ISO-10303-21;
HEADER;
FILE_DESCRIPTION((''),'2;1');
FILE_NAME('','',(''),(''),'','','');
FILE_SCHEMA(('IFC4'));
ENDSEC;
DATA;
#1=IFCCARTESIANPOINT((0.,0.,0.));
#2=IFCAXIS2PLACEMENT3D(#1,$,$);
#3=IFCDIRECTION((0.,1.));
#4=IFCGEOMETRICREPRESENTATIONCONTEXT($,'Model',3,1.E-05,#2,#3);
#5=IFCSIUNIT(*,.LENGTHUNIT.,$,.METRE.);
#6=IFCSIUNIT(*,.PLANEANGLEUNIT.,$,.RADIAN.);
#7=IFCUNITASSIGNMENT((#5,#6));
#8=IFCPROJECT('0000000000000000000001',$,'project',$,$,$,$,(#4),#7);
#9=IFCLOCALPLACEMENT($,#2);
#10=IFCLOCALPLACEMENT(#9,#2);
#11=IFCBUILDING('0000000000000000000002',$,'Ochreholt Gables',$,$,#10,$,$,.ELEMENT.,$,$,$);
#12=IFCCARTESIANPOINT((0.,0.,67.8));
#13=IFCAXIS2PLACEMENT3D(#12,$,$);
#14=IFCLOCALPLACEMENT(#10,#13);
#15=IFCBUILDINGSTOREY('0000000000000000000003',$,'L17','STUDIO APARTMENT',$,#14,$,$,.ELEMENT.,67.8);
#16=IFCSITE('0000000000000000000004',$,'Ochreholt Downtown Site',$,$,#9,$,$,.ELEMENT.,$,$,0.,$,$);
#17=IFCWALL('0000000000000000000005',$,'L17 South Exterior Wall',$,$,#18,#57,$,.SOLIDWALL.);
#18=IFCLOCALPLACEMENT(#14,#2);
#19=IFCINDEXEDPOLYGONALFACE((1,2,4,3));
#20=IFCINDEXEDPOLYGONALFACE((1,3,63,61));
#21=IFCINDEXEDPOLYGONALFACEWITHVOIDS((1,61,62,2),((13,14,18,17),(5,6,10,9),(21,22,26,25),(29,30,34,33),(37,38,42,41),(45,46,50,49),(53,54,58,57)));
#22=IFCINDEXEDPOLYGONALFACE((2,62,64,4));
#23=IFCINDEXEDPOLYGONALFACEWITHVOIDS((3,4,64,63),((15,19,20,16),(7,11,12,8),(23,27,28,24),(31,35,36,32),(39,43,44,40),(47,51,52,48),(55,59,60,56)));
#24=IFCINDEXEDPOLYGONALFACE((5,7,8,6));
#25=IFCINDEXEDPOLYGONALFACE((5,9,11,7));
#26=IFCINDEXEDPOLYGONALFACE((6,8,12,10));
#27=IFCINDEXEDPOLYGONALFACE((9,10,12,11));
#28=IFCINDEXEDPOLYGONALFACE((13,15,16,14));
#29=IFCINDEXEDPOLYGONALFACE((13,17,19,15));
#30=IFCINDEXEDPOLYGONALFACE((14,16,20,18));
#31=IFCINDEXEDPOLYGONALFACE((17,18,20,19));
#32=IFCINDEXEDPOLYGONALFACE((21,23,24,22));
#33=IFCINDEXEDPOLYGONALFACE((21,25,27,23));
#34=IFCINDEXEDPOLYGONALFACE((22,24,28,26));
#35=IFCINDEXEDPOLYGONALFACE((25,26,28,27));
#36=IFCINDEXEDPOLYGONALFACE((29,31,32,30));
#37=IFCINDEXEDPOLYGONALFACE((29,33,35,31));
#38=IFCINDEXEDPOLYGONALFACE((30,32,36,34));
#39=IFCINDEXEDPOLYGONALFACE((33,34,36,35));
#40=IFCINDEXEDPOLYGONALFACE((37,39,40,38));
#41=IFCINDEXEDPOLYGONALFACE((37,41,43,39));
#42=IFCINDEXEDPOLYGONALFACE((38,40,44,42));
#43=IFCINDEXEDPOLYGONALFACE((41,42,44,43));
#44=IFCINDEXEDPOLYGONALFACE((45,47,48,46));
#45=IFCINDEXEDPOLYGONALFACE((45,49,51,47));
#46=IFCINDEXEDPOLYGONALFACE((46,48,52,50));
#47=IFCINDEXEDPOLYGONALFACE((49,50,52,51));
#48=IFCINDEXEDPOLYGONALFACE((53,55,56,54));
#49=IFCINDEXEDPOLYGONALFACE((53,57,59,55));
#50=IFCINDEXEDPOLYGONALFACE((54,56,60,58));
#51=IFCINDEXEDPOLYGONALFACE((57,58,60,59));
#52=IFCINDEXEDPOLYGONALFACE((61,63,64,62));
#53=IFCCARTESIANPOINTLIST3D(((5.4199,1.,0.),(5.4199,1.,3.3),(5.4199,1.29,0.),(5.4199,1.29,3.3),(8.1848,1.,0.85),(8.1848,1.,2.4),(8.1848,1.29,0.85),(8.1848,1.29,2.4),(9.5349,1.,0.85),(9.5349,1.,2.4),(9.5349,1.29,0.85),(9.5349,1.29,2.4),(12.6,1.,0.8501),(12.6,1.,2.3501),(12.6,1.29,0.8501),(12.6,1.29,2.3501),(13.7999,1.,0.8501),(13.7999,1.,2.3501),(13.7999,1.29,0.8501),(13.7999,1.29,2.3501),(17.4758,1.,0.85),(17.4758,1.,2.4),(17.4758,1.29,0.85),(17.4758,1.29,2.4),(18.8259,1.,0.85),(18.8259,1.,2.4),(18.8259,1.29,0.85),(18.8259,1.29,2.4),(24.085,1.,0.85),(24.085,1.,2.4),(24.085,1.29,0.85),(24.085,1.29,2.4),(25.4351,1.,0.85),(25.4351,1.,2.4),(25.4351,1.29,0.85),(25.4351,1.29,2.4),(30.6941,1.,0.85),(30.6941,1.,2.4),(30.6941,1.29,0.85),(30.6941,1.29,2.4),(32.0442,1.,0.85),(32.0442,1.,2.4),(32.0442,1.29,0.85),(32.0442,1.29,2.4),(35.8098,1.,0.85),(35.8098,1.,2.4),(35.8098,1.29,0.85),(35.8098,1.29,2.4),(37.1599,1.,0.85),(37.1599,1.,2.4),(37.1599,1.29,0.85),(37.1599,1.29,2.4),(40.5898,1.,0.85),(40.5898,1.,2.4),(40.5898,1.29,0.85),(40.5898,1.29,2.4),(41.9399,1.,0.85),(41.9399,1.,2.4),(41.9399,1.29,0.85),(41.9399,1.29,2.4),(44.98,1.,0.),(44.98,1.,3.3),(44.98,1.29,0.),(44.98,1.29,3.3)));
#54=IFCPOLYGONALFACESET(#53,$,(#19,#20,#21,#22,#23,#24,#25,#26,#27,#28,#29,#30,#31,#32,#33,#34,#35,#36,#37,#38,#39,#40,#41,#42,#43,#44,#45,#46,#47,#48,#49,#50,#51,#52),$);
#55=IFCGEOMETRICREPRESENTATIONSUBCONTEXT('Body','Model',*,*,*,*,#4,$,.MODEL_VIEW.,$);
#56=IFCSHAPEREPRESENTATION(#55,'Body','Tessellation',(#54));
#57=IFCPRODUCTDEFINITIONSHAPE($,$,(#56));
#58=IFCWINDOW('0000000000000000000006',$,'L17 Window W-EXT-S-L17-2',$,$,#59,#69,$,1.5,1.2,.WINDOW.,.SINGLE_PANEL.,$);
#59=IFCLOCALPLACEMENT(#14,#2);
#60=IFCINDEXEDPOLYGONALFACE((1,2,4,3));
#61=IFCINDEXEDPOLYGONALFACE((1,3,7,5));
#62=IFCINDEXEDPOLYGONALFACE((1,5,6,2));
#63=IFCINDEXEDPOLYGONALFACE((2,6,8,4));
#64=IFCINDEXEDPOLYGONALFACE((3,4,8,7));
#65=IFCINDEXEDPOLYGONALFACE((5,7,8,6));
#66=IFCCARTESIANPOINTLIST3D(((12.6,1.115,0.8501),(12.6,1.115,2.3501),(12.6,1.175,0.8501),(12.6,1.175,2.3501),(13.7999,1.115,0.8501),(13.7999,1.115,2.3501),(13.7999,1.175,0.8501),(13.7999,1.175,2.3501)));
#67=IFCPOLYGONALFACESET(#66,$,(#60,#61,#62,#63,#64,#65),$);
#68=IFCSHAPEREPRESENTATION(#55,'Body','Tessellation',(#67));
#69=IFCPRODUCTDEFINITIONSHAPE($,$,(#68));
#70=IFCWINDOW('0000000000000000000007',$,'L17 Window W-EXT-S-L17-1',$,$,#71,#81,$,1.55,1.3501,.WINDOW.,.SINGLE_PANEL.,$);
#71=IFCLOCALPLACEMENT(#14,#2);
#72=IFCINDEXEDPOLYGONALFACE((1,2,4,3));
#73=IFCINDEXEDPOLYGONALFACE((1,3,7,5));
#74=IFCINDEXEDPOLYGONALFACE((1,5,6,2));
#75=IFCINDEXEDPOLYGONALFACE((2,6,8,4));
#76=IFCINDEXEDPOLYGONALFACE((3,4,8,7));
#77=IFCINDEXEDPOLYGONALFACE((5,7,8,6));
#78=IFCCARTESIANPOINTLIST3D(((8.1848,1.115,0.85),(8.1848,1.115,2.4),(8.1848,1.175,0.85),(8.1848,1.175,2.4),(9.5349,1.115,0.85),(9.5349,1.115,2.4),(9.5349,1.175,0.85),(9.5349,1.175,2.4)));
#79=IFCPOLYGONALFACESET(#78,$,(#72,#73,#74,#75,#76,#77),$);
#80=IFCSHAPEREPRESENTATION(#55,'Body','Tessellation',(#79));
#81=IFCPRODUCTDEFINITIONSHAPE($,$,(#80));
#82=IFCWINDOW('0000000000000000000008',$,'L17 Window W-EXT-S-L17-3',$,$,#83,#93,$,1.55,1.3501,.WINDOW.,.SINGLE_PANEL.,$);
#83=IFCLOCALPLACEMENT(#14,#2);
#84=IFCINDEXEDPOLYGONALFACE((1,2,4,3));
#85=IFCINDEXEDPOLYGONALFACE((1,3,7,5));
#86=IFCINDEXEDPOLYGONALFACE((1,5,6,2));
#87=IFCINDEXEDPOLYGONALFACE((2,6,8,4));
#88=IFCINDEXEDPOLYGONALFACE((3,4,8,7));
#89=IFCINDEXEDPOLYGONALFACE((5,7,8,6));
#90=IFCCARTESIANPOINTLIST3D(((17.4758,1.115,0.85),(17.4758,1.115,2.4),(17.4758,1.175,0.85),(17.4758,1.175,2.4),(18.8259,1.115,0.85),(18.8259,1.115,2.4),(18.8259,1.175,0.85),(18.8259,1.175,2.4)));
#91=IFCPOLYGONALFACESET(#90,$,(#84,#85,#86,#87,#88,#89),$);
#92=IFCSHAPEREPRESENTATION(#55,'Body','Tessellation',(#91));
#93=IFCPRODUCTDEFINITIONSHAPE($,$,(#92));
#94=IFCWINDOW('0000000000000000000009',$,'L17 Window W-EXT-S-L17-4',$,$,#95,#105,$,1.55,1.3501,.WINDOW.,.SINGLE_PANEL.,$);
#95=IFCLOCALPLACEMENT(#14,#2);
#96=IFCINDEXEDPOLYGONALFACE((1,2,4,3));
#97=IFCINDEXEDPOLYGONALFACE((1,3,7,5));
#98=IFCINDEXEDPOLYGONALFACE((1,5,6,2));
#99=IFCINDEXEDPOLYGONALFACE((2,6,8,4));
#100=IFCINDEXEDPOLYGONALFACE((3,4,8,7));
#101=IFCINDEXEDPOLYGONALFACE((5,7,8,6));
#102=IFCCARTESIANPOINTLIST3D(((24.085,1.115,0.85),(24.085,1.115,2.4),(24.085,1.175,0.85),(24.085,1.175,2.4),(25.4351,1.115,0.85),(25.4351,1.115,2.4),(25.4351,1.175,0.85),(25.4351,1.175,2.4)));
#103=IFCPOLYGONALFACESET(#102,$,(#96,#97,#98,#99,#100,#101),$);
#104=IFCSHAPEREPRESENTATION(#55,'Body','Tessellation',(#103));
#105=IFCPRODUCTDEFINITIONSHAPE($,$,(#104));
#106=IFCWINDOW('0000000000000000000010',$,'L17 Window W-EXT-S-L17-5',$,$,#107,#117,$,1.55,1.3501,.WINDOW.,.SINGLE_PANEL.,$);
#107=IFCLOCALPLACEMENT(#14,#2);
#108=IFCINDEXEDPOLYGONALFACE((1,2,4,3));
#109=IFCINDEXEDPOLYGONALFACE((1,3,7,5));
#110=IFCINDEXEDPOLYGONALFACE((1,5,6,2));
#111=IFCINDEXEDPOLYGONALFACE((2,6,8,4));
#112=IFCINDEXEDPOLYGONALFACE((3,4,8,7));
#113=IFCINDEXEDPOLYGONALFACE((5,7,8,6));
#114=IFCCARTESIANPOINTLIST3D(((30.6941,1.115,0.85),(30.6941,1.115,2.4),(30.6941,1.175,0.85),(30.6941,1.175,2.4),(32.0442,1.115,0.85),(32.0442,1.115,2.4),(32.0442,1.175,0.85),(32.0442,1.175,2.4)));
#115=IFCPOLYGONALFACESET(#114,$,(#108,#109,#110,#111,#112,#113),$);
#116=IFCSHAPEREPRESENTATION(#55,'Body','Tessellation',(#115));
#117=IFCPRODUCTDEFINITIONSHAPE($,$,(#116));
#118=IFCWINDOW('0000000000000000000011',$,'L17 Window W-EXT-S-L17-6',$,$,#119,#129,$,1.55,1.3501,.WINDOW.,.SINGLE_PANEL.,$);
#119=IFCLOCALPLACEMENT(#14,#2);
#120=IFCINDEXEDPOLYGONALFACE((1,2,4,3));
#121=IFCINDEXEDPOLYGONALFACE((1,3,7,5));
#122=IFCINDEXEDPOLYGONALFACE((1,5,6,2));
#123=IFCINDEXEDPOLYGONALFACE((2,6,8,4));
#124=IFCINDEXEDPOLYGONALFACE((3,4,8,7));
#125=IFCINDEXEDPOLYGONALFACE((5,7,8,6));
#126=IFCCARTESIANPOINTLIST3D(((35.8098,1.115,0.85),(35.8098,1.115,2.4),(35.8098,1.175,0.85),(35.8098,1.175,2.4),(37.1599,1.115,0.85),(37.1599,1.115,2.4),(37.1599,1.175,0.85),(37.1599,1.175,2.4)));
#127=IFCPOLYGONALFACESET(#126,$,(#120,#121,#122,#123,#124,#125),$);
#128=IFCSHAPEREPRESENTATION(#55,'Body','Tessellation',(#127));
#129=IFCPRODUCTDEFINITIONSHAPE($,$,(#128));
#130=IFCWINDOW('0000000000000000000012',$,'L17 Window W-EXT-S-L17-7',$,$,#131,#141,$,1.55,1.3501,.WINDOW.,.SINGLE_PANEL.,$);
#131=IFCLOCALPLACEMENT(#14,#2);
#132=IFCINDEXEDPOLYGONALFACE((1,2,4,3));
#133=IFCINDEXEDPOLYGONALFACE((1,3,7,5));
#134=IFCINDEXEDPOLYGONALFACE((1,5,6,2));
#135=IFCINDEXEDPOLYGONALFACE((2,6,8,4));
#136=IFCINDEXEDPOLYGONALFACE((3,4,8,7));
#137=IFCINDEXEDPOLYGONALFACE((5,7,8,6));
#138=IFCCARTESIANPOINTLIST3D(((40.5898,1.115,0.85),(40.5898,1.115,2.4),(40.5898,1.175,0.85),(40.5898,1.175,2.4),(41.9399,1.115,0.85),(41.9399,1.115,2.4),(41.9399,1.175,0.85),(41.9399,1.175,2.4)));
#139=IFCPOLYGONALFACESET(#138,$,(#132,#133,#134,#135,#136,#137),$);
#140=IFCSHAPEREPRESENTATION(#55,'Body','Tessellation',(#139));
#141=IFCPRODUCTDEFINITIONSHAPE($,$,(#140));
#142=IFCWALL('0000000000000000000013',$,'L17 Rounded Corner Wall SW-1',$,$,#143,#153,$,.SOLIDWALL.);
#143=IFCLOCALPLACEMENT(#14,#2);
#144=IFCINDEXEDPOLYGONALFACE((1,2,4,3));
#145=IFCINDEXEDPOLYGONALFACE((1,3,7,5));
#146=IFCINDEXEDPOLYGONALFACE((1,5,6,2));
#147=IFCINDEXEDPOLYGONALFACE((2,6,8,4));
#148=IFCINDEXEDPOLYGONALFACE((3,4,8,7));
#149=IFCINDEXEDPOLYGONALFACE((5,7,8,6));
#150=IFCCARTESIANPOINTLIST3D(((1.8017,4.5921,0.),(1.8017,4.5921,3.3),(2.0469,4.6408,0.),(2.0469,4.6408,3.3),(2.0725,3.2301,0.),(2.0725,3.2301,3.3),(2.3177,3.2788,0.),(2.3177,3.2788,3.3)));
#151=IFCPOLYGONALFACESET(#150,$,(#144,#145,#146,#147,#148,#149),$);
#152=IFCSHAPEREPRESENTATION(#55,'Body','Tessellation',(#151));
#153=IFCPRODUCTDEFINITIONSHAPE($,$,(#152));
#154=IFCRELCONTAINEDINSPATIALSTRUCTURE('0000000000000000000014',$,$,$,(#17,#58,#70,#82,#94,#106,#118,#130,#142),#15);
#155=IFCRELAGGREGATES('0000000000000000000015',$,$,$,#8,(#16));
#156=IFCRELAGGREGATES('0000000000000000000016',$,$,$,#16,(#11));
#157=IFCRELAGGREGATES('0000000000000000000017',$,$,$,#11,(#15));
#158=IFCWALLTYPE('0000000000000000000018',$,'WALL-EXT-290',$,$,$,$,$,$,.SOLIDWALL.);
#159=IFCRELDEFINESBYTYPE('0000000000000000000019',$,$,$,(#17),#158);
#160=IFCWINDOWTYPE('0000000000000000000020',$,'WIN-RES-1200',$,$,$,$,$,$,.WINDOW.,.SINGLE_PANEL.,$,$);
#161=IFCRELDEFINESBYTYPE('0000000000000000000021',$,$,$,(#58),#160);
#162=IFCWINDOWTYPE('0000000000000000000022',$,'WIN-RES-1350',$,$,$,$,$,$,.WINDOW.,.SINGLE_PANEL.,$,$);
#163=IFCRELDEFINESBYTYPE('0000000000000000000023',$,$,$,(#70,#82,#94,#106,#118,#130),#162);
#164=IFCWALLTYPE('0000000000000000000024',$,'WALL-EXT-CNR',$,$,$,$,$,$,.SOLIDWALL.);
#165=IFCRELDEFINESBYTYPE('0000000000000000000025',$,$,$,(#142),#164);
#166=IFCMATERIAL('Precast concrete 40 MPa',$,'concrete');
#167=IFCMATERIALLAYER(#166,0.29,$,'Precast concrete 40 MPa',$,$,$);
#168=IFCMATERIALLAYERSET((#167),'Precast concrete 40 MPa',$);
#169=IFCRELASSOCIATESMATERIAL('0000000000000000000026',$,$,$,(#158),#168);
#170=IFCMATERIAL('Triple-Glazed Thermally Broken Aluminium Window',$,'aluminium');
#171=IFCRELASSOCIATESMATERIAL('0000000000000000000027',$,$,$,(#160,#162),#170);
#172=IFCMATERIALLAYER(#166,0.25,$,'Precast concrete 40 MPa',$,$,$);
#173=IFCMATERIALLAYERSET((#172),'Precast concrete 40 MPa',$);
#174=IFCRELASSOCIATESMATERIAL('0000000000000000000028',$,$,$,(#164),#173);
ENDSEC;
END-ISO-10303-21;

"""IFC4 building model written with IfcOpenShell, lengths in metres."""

from ifc_helpers import new_model, si_unit, direction, frame, frame_2d, origin, place, context, subcontext, project, spatial, rectangle, extrude, material, layer, layer_set, type_object, element, fill, save


model = new_model("IFC4")

# Units and contexts
model_context = context("Model", 3, precision=1e-05, world=origin(), true_north=direction((0.0, 1.0)))
body_context = subcontext(model_context, "Body", "Model", "MODEL_VIEW")
ifc_project = project(units=[si_unit("LENGTHUNIT", "METRE"), si_unit("PLANEANGLEUNIT", "RADIAN")], contexts=[model_context])

# Site, building, storey
site_placement = place(None, origin())
site = spatial("IfcSite", under=ifc_project, at=site_placement, Name="Ochreholt Downtown Site", CompositionType="ELEMENT", RefElevation=0.0)
building_placement = place(site_placement, origin())
building = spatial("IfcBuilding", under=site, at=building_placement, Name="Ochreholt Gables", CompositionType="ELEMENT")
storey_placement = place(building_placement, frame((0.0, 0.0, 67.8)))
storey = spatial("IfcBuildingStorey", under=building, at=storey_placement, Name="L17", Description="STUDIO APARTMENT", CompositionType="ELEMENT", Elevation=67.8)

# Wall, openings, windows
ifc_material_1 = material(Name="Precast concrete 40 MPa", Category="concrete")
ifc_layer_1 = layer(ifc_material_1, 0.29, Name="Precast concrete 40 MPa")
ifc_layer_set_1 = layer_set([ifc_layer_1], Name="Precast concrete 40 MPa")
wall_type_1 = type_object("IfcWallType", Name="WALL-EXT-290", PredefinedType="SOLIDWALL", material=ifc_layer_set_1)
wall_1_placement = place(storey_placement, frame((5.4199, 1.145, 0.0), z_axis=(0.0, 0.0, 1.0), x_axis=(1.0, 0.0, 0.0)))
wall_1 = element("IfcWall", 1, at=wall_1_placement, inside=storey, type_object=wall_type_1, Name="L17 South Exterior Wall", PredefinedType="SOLIDWALL", context=body_context, shape_type="SweptSolid", body=[
    extrude(rectangle(XDim=39.5601, YDim=0.29, at=frame_2d((19.78, 0.0))), origin(), (0.0, 0.0, 1.0), 3.3),
])
opening_1_placement = place(wall_1_placement, frame((2.7649, 0.0, 0.8501)))
opening_1 = element("IfcOpeningElement", 2, at=opening_1_placement, cuts=wall_1, PredefinedType="OPENING", context=body_context, shape_type="SweptSolid", body=[
    extrude(rectangle(XDim=1.3501, YDim=1.55, at=frame_2d((0.675, 0.7749))), frame((0.0, 0.155, 0.0), z_axis=(0.0, -1.0, 0.0), x_axis=(1.0, 0.0, 0.0)), (0.0, 0.0, 1.0), 0.3101),
])
opening_2_placement = place(wall_1_placement, frame((7.1799, 0.0, 0.8501)))
opening_2 = element("IfcOpeningElement", 3, at=opening_2_placement, cuts=wall_1, PredefinedType="OPENING", context=body_context, shape_type="SweptSolid", body=[
    extrude(rectangle(XDim=1.2, YDim=1.5, at=frame_2d((0.6001, 0.75))), frame((0.0, 0.155, 0.0), z_axis=(0.0, -1.0, 0.0), x_axis=(1.0, 0.0, 0.0)), (0.0, 0.0, 1.0), 0.3101),
])
opening_3_placement = place(wall_1_placement, frame((12.0559, 0.0, 0.8501)))
opening_3 = element("IfcOpeningElement", 4, at=opening_3_placement, cuts=wall_1, PredefinedType="OPENING", context=body_context, shape_type="SweptSolid", body=[
    extrude(rectangle(XDim=1.3501, YDim=1.55, at=frame_2d((0.675, 0.7749))), frame((0.0, 0.155, 0.0), z_axis=(0.0, -1.0, 0.0), x_axis=(1.0, 0.0, 0.0)), (0.0, 0.0, 1.0), 0.3101),
])
opening_4_placement = place(wall_1_placement, frame((18.665, 0.0, 0.8501)))
opening_4 = element("IfcOpeningElement", 5, at=opening_4_placement, cuts=wall_1, PredefinedType="OPENING", context=body_context, shape_type="SweptSolid", body=[
    extrude(rectangle(XDim=1.3501, YDim=1.55, at=frame_2d((0.675, 0.7749))), frame((0.0, 0.155, 0.0), z_axis=(0.0, -1.0, 0.0), x_axis=(1.0, 0.0, 0.0)), (0.0, 0.0, 1.0), 0.3101),
])
opening_5_placement = place(wall_1_placement, frame((25.2742, 0.0, 0.8501)))
opening_5 = element("IfcOpeningElement", 6, at=opening_5_placement, cuts=wall_1, PredefinedType="OPENING", context=body_context, shape_type="SweptSolid", body=[
    extrude(rectangle(XDim=1.3501, YDim=1.55, at=frame_2d((0.675, 0.7749))), frame((0.0, 0.155, 0.0), z_axis=(0.0, -1.0, 0.0), x_axis=(1.0, 0.0, 0.0)), (0.0, 0.0, 1.0), 0.3101),
])
opening_6_placement = place(wall_1_placement, frame((30.3899, 0.0, 0.8501)))
opening_6 = element("IfcOpeningElement", 7, at=opening_6_placement, cuts=wall_1, PredefinedType="OPENING", context=body_context, shape_type="SweptSolid", body=[
    extrude(rectangle(XDim=1.3501, YDim=1.55, at=frame_2d((0.675, 0.7749))), frame((0.0, 0.155, 0.0), z_axis=(0.0, -1.0, 0.0), x_axis=(1.0, 0.0, 0.0)), (0.0, 0.0, 1.0), 0.3101),
])
opening_7_placement = place(wall_1_placement, frame((35.1699, 0.0, 0.8501)))
opening_7 = element("IfcOpeningElement", 8, at=opening_7_placement, cuts=wall_1, PredefinedType="OPENING", context=body_context, shape_type="SweptSolid", body=[
    extrude(rectangle(XDim=1.3501, YDim=1.55, at=frame_2d((0.675, 0.7749))), frame((0.0, 0.155, 0.0), z_axis=(0.0, -1.0, 0.0), x_axis=(1.0, 0.0, 0.0)), (0.0, 0.0, 1.0), 0.3101),
])
ifc_material_2 = material(Name="Triple-Glazed Thermally Broken Aluminium Window", Category="aluminium")
window_type_1 = type_object("IfcWindowType", Name="WIN-RES-1200", PartitioningType="SINGLE_PANEL", PredefinedType="WINDOW", material=ifc_material_2)
window_1_placement = place(opening_2_placement, origin())
window_1 = element("IfcWindow", 9, at=window_1_placement, inside=storey, type_object=window_type_1, Name="L17 Window W-EXT-S-L17-2", OverallHeight=1.5, OverallWidth=1.2, PartitioningType="SINGLE_PANEL", PredefinedType="WINDOW", context=body_context, shape_type="SweptSolid", body=[
    extrude(rectangle(XDim=1.2, YDim=1.5, at=frame_2d((0.6001, 0.75))), frame((0.0, 0.03, 0.0), z_axis=(0.0, -1.0, 0.0), x_axis=(1.0, 0.0, 0.0)), (0.0, 0.0, 1.0), 0.0601),
])
fill(opening_2, window_1)
window_type_2 = type_object("IfcWindowType", Name="WIN-RES-1350", PartitioningType="SINGLE_PANEL", PredefinedType="WINDOW", material=ifc_material_2)
window_2_placement = place(opening_1_placement, origin())
window_2 = element("IfcWindow", 10, at=window_2_placement, inside=storey, type_object=window_type_2, Name="L17 Window W-EXT-S-L17-1", OverallHeight=1.55, OverallWidth=1.3501, PartitioningType="SINGLE_PANEL", PredefinedType="WINDOW", context=body_context, shape_type="SweptSolid", body=[
    extrude(rectangle(XDim=1.3501, YDim=1.55, at=frame_2d((0.675, 0.7749))), frame((0.0, 0.03, 0.0), z_axis=(0.0, -1.0, 0.0), x_axis=(1.0, 0.0, 0.0)), (0.0, 0.0, 1.0), 0.0601),
])
fill(opening_1, window_2)
window_3_placement = place(opening_3_placement, origin())
window_3 = element("IfcWindow", 11, at=window_3_placement, inside=storey, type_object=window_type_2, Name="L17 Window W-EXT-S-L17-3", OverallHeight=1.55, OverallWidth=1.3501, PartitioningType="SINGLE_PANEL", PredefinedType="WINDOW", context=body_context, shape_type="SweptSolid", body=[
    extrude(rectangle(XDim=1.3501, YDim=1.55, at=frame_2d((0.675, 0.7749))), frame((0.0, 0.03, 0.0), z_axis=(0.0, -1.0, 0.0), x_axis=(1.0, 0.0, 0.0)), (0.0, 0.0, 1.0), 0.0601),
])
fill(opening_3, window_3)
window_4_placement = place(opening_4_placement, origin())
window_4 = element("IfcWindow", 12, at=window_4_placement, inside=storey, type_object=window_type_2, Name="L17 Window W-EXT-S-L17-4", OverallHeight=1.55, OverallWidth=1.3501, PartitioningType="SINGLE_PANEL", PredefinedType="WINDOW", context=body_context, shape_type="SweptSolid", body=[
    extrude(rectangle(XDim=1.3501, YDim=1.55, at=frame_2d((0.675, 0.7749))), frame((0.0, 0.03, 0.0), z_axis=(0.0, -1.0, 0.0), x_axis=(1.0, 0.0, 0.0)), (0.0, 0.0, 1.0), 0.0601),
])
fill(opening_4, window_4)
window_5_placement = place(opening_5_placement, origin())
window_5 = element("IfcWindow", 13, at=window_5_placement, inside=storey, type_object=window_type_2, Name="L17 Window W-EXT-S-L17-5", OverallHeight=1.55, OverallWidth=1.3501, PartitioningType="SINGLE_PANEL", PredefinedType="WINDOW", context=body_context, shape_type="SweptSolid", body=[
    extrude(rectangle(XDim=1.3501, YDim=1.55, at=frame_2d((0.675, 0.7749))), frame((0.0, 0.03, 0.0), z_axis=(0.0, -1.0, 0.0), x_axis=(1.0, 0.0, 0.0)), (0.0, 0.0, 1.0), 0.0601),
])
fill(opening_5, window_5)
window_6_placement = place(opening_6_placement, origin())
window_6 = element("IfcWindow", 14, at=window_6_placement, inside=storey, type_object=window_type_2, Name="L17 Window W-EXT-S-L17-6", OverallHeight=1.55, OverallWidth=1.3501, PartitioningType="SINGLE_PANEL", PredefinedType="WINDOW", context=body_context, shape_type="SweptSolid", body=[
    extrude(rectangle(XDim=1.3501, YDim=1.55, at=frame_2d((0.675, 0.7749))), frame((0.0, 0.03, 0.0), z_axis=(0.0, -1.0, 0.0), x_axis=(1.0, 0.0, 0.0)), (0.0, 0.0, 1.0), 0.0601),
])
fill(opening_6, window_6)
window_7_placement = place(opening_7_placement, origin())
window_7 = element("IfcWindow", 15, at=window_7_placement, inside=storey, type_object=window_type_2, Name="L17 Window W-EXT-S-L17-7", OverallHeight=1.55, OverallWidth=1.3501, PartitioningType="SINGLE_PANEL", PredefinedType="WINDOW", context=body_context, shape_type="SweptSolid", body=[
    extrude(rectangle(XDim=1.3501, YDim=1.55, at=frame_2d((0.675, 0.7749))), frame((0.0, 0.03, 0.0), z_axis=(0.0, -1.0, 0.0), x_axis=(1.0, 0.0, 0.0)), (0.0, 0.0, 1.0), 0.0601),
])
fill(opening_7, window_7)

# Wall
ifc_layer_2 = layer(ifc_material_1, 0.25, Name="Precast concrete 40 MPa")
ifc_layer_set_2 = layer_set([ifc_layer_2], Name="Precast concrete 40 MPa")
wall_type_2 = type_object("IfcWallType", Name="WALL-EXT-CNR", PredefinedType="SOLIDWALL", material=ifc_layer_set_2)
wall_2_placement = place(storey_placement, frame((1.9243, 4.6165, 0.0), z_axis=(0.0, 0.0, 1.0), x_axis=(0.194967, -0.98081, 0.0)))
element("IfcWall", 16, at=wall_2_placement, inside=storey, type_object=wall_type_2, Name="L17 Rounded Corner Wall SW-1", PredefinedType="SOLIDWALL", context=body_context, shape_type="SweptSolid", body=[
    extrude(rectangle(XDim=1.3887, YDim=0.25, at=frame_2d((0.6943, 0.0))), origin(), (0.0, 0.0, 1.0), 3.3),
])

save(model, "model.ifc")
